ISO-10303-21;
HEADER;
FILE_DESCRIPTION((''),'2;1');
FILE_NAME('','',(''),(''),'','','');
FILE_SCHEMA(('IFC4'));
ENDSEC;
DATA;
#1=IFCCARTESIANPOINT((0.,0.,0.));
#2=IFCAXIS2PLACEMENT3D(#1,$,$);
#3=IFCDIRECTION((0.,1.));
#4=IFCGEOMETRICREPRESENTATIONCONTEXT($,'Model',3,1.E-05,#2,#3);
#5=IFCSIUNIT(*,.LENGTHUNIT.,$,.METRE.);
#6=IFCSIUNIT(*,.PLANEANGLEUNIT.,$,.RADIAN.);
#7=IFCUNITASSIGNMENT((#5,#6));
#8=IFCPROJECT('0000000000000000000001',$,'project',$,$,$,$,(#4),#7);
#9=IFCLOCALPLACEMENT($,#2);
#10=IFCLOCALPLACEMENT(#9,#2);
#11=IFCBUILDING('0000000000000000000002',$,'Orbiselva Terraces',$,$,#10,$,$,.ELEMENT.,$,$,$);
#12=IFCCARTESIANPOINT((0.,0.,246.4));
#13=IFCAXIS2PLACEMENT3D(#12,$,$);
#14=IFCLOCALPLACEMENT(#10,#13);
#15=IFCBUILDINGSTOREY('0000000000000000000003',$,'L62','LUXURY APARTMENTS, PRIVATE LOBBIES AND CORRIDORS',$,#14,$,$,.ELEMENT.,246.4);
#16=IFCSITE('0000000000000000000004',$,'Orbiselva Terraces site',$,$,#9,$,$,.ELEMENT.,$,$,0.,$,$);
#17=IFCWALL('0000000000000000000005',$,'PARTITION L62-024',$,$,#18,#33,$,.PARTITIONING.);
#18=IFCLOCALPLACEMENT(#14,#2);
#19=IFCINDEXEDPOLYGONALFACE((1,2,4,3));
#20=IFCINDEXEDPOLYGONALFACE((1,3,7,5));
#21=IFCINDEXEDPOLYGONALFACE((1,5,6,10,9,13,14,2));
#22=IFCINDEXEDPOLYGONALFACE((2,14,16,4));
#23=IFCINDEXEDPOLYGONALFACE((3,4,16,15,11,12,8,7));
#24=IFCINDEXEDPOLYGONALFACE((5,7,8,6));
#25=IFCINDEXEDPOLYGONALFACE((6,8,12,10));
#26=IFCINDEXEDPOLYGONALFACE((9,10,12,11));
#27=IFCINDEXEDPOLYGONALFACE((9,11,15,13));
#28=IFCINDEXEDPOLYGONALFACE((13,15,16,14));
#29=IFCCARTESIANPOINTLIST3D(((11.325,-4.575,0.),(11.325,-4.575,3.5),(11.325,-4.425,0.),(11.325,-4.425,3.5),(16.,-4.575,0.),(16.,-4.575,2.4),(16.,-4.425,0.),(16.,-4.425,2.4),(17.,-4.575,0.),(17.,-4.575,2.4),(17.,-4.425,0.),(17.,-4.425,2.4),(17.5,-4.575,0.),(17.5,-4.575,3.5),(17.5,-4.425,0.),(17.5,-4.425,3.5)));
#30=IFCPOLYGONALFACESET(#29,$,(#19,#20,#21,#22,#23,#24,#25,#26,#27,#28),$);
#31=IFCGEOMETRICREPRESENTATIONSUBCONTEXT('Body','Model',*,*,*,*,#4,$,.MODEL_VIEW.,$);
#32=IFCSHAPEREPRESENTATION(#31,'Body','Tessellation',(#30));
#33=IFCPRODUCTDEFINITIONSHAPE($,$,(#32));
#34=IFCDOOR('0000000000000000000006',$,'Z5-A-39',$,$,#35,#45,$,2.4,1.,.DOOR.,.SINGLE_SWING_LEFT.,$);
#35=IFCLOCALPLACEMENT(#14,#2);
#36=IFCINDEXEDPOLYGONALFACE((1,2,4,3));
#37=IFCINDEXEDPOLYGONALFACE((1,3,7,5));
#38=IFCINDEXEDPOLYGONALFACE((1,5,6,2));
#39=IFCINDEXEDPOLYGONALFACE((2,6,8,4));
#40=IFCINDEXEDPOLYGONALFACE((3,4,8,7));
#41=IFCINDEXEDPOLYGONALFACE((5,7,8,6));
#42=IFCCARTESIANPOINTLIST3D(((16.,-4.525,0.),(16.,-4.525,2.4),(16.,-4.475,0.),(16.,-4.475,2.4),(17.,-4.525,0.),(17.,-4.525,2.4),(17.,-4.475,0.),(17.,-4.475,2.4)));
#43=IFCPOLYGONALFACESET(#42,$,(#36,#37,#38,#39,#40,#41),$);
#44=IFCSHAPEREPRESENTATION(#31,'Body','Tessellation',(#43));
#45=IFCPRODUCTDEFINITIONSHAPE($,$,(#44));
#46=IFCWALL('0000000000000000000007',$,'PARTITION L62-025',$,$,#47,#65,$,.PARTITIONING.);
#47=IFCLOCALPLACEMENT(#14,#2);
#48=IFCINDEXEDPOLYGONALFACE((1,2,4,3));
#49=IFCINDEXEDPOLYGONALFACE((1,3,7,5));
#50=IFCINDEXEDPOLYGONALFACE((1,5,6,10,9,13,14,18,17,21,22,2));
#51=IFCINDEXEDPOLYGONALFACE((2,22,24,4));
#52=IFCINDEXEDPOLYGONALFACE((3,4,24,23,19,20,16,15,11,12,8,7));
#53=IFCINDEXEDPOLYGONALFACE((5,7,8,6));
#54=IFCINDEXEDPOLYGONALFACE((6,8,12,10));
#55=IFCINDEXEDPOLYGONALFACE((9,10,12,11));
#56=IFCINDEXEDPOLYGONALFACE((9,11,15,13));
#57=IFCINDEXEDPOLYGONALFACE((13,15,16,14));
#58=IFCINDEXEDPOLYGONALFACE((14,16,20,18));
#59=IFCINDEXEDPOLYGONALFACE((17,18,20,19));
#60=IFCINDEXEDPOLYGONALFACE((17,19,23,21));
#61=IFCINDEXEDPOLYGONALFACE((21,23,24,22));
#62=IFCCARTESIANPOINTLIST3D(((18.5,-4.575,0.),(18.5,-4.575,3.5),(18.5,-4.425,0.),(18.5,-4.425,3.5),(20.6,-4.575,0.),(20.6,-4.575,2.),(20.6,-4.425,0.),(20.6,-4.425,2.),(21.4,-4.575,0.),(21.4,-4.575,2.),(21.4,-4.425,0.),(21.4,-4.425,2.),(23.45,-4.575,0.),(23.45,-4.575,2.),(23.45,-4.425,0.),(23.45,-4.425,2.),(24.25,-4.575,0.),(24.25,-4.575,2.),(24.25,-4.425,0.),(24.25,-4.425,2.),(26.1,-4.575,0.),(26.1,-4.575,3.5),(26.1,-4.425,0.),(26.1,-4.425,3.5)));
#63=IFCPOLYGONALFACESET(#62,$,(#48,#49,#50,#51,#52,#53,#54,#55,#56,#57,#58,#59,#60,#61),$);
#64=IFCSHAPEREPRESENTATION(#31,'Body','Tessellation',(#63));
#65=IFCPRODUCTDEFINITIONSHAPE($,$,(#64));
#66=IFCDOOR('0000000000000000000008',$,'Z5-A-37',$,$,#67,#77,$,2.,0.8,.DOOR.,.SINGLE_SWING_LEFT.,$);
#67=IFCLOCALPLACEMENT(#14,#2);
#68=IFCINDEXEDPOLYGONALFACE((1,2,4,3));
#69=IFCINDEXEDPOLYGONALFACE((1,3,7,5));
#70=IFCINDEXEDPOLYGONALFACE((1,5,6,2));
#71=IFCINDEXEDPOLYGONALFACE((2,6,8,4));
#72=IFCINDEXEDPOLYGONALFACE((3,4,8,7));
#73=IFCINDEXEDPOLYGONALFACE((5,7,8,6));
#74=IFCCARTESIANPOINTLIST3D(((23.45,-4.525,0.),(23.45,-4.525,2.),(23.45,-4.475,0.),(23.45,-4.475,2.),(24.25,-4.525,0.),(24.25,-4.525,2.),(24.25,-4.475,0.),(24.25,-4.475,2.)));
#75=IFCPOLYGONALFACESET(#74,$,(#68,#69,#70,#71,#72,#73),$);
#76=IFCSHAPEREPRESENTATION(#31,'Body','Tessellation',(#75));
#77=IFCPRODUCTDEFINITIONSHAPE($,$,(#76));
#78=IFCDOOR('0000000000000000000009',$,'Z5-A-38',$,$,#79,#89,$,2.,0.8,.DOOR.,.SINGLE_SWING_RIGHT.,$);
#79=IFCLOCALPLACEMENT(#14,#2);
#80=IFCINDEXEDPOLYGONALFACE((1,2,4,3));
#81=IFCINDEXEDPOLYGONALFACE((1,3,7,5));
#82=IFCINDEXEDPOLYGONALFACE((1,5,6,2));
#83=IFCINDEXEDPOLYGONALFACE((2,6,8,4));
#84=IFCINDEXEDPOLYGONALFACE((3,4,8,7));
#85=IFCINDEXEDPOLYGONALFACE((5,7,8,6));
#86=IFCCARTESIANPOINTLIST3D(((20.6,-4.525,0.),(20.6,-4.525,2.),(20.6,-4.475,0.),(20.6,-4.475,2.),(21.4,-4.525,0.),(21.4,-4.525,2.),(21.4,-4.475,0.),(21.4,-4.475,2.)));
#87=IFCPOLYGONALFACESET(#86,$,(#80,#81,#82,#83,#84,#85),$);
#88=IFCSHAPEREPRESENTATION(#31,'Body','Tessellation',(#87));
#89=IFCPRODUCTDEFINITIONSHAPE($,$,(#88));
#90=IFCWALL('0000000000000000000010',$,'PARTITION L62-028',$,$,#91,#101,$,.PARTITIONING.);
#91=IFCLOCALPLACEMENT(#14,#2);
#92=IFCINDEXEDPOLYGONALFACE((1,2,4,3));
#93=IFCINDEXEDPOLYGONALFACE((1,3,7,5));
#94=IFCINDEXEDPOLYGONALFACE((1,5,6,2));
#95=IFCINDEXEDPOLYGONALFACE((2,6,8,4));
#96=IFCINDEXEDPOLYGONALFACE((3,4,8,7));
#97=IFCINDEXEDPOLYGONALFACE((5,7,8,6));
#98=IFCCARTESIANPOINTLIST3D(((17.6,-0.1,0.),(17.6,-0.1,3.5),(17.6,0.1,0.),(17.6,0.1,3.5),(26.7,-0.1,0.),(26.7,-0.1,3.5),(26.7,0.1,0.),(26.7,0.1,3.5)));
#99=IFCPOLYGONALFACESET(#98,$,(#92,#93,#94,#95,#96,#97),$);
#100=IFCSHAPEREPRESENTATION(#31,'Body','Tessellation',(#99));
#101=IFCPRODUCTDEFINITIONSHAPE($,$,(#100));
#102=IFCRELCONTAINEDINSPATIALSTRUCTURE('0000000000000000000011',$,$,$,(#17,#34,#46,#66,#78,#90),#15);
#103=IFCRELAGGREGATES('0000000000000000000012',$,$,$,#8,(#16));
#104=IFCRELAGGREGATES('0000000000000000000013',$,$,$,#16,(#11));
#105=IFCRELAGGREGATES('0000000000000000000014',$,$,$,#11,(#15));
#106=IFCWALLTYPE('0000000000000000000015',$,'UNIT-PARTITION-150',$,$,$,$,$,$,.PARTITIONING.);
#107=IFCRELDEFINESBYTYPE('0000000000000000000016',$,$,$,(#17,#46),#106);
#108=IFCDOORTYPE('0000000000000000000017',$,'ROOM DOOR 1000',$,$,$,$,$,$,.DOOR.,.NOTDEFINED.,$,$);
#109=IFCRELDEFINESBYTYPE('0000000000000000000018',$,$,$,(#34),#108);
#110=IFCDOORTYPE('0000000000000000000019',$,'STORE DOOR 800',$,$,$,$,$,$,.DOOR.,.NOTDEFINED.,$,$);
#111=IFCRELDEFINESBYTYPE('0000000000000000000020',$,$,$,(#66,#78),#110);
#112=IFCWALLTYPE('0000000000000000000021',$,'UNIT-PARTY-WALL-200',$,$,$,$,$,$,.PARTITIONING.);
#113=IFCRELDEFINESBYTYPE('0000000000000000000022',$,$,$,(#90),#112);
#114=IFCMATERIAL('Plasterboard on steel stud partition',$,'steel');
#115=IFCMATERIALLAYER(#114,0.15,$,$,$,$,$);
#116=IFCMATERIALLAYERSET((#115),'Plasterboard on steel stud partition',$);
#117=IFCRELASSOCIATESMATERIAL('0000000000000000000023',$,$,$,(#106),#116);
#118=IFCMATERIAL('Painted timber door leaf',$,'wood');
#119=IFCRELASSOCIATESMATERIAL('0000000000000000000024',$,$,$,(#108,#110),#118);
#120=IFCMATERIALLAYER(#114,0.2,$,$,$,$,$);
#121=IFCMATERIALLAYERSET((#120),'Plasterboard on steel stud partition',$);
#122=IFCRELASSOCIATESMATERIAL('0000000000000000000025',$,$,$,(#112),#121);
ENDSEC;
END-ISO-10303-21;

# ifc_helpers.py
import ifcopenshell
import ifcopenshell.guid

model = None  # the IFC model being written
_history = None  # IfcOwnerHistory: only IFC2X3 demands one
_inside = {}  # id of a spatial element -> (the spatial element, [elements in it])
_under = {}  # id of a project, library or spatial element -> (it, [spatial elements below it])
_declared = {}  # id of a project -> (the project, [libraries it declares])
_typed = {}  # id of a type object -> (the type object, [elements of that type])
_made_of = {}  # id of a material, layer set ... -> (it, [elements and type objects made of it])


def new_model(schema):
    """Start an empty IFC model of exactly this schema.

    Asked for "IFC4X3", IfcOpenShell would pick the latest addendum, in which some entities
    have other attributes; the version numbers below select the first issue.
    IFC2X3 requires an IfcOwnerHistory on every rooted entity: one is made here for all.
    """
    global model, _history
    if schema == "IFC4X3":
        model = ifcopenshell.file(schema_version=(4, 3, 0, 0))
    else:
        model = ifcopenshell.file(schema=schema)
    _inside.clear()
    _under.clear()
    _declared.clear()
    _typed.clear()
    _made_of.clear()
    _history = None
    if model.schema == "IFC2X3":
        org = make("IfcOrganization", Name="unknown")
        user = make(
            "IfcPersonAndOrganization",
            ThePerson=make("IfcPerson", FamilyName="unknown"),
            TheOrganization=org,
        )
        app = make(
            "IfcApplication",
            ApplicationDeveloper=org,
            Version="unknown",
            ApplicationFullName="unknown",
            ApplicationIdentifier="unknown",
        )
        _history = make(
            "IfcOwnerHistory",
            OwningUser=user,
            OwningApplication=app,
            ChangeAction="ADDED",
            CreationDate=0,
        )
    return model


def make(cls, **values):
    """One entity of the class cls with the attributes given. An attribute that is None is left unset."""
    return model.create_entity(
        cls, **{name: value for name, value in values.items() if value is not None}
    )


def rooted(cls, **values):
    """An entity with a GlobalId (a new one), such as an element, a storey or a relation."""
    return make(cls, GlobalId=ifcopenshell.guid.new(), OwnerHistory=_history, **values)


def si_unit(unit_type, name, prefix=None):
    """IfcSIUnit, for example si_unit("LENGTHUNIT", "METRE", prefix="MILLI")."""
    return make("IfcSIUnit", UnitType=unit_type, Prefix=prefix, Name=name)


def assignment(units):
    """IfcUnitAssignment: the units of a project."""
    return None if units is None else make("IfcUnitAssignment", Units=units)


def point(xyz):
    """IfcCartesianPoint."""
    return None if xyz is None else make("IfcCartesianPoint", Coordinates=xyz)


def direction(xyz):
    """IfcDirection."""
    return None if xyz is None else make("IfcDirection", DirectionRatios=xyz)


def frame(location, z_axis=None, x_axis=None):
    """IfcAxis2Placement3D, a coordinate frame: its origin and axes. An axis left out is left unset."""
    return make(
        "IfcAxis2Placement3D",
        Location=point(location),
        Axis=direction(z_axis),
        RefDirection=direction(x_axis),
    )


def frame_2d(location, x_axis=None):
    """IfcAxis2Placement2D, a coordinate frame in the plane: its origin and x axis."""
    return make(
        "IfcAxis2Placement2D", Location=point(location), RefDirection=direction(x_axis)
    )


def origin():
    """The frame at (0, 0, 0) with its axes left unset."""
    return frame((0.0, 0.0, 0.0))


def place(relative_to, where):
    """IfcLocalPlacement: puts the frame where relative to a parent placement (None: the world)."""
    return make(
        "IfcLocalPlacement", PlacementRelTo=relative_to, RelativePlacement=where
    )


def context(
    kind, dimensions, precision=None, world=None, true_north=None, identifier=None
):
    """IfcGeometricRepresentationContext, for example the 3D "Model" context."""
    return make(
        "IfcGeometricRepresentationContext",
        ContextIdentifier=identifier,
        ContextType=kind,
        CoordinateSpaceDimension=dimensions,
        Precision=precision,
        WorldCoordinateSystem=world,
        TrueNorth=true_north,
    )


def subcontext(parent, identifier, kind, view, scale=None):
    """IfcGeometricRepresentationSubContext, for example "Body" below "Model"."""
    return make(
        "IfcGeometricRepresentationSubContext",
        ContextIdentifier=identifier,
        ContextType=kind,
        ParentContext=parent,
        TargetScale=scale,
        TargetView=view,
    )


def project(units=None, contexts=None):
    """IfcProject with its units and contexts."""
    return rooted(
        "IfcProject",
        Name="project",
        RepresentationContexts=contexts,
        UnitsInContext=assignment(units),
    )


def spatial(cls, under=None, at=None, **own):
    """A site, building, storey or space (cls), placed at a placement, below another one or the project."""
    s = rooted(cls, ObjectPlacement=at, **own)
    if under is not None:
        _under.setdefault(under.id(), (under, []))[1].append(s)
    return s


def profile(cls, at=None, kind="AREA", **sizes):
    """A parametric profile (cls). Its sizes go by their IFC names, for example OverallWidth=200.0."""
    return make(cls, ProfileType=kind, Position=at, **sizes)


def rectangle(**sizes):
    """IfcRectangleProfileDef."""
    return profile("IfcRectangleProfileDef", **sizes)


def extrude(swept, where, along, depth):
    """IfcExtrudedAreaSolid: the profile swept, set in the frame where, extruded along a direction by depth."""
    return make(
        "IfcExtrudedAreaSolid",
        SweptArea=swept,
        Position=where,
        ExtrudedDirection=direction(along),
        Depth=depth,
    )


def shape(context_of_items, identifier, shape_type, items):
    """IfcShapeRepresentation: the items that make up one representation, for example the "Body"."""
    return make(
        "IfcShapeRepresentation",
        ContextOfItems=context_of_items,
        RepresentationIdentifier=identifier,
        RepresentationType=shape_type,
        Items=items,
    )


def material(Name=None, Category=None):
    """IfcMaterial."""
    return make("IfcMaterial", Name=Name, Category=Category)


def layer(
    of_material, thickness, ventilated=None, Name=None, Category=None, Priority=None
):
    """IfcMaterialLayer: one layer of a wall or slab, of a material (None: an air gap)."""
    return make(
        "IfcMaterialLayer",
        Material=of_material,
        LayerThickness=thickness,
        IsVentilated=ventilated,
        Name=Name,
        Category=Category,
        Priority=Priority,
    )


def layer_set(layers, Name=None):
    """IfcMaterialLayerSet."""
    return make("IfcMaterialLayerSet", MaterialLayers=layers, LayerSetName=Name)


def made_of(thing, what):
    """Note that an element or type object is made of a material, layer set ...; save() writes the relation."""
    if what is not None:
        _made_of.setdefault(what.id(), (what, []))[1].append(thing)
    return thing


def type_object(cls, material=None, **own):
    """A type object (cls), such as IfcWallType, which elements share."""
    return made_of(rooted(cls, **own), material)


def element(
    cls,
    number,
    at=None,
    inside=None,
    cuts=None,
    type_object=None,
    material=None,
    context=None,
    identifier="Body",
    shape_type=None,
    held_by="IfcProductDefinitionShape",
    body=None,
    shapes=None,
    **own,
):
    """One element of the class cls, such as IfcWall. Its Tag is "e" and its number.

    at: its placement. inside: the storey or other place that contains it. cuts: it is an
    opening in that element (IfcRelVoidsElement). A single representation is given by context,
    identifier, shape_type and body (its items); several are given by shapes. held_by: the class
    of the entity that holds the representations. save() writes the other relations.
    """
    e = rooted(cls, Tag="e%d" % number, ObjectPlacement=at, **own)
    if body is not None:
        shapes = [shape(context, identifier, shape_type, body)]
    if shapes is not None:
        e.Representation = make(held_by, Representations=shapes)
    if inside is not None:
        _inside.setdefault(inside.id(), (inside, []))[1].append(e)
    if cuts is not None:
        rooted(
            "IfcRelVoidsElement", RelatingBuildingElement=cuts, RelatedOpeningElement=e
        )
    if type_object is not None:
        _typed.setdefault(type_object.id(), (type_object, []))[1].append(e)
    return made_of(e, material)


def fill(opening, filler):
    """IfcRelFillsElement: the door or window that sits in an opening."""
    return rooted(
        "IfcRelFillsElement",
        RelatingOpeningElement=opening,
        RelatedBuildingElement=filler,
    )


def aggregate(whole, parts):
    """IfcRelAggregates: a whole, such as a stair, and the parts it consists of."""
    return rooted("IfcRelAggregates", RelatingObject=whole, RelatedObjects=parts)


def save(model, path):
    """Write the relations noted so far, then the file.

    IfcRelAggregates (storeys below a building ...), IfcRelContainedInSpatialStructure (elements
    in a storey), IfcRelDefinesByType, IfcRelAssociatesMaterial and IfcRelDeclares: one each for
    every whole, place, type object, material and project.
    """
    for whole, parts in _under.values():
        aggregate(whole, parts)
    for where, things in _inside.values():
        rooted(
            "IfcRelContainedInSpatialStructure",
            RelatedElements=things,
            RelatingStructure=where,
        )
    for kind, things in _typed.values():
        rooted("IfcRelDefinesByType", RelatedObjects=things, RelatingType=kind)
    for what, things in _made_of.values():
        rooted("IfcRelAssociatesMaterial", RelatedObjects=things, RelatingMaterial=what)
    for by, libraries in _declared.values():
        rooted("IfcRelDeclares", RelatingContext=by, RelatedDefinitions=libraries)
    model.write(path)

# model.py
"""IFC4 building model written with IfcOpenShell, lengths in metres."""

from ifc_helpers import new_model, si_unit, direction, frame, frame_2d, origin, place, context, subcontext, project, spatial, rectangle, extrude, material, layer, layer_set, type_object, element, fill, save


model = new_model("IFC4")

# Units and contexts
model_context = context("Model", 3, precision=1e-05, world=origin(), true_north=direction((0.0, 1.0)))
body_context = subcontext(model_context, "Body", "Model", "MODEL_VIEW")
ifc_project = project(units=[si_unit("LENGTHUNIT", "METRE"), si_unit("PLANEANGLEUNIT", "RADIAN")], contexts=[model_context])

# Site, building, storey
site_placement = place(None, origin())
site = spatial("IfcSite", under=ifc_project, at=site_placement, Name="Orbiselva Terraces site", CompositionType="ELEMENT", RefElevation=0.0)
building_placement = place(site_placement, origin())
building = spatial("IfcBuilding", under=site, at=building_placement, Name="Orbiselva Terraces", CompositionType="ELEMENT")
storey_placement = place(building_placement, frame((0.0, 0.0, 246.4)))
storey = spatial("IfcBuildingStorey", under=building, at=storey_placement, Name="L62", Description="LUXURY APARTMENTS, PRIVATE LOBBIES AND CORRIDORS", CompositionType="ELEMENT", Elevation=246.4)

# Shared definitions
ifc_material_1 = material(Name="Plasterboard on steel stud partition", Category="steel")
ifc_material_2 = material(Name="Painted timber door leaf", Category="wood")

# Wall, opening, door
ifc_layer_1 = layer(ifc_material_1, 0.15)
ifc_layer_set_1 = layer_set([ifc_layer_1], Name="Plasterboard on steel stud partition")
wall_type_1 = type_object("IfcWallType", Name="UNIT-PARTITION-150", PredefinedType="PARTITIONING", material=ifc_layer_set_1)
wall_1_placement = place(storey_placement, frame((17.5, -4.5, 0.0), z_axis=(0.0, 0.0, 1.0), x_axis=(-1.0, 0.0, 0.0)))
wall_1 = element("IfcWall", 1, at=wall_1_placement, inside=storey, type_object=wall_type_1, Name="PARTITION L62-024", PredefinedType="PARTITIONING", context=body_context, shape_type="SweptSolid", body=[
    extrude(rectangle(XDim=6.175, YDim=0.15, at=frame_2d((3.0875, 0.0))), origin(), (0.0, 0.0, 1.0), 3.5),
])
opening_1_placement = place(wall_1_placement, frame((0.5, 0.0, 0.0)))
opening_1 = element("IfcOpeningElement", 2, at=opening_1_placement, cuts=wall_1, PredefinedType="OPENING", context=body_context, shape_type="SweptSolid", body=[
    extrude(rectangle(XDim=1.0, YDim=2.4, at=frame_2d((0.5, 1.2))), frame((0.0, 0.085, 0.0), z_axis=(0.0, -1.0, 0.0), x_axis=(1.0, 0.0, 0.0)), (0.0, 0.0, 1.0), 0.17),
])
door_type_1 = type_object("IfcDoorType", Name="ROOM DOOR 1000", OperationType="NOTDEFINED", PredefinedType="DOOR", material=ifc_material_2)
door_1_placement = place(opening_1_placement, origin())
door_1 = element("IfcDoor", 3, at=door_1_placement, inside=storey, type_object=door_type_1, Name="Z5-A-39", OperationType="SINGLE_SWING_LEFT", OverallHeight=2.4, OverallWidth=1.0, PredefinedType="DOOR", context=body_context, shape_type="SweptSolid", body=[
    extrude(rectangle(XDim=1.0, YDim=2.4, at=frame_2d((0.5, 1.2))), frame((0.0, 0.025, 0.0), z_axis=(0.0, -1.0, 0.0), x_axis=(1.0, 0.0, 0.0)), (0.0, 0.0, 1.0), 0.05),
])
fill(opening_1, door_1)

# Wall, openings, doors
wall_2_placement = place(storey_placement, frame((26.1, -4.5, 0.0), z_axis=(0.0, 0.0, 1.0), x_axis=(-1.0, 0.0, 0.0)))
wall_2 = element("IfcWall", 4, at=wall_2_placement, inside=storey, type_object=wall_type_1, Name="PARTITION L62-025", PredefinedType="PARTITIONING", context=body_context, shape_type="SweptSolid", body=[
    extrude(rectangle(XDim=7.6, YDim=0.15, at=frame_2d((3.8, 0.0))), origin(), (0.0, 0.0, 1.0), 3.5),
])
opening_2_placement = place(wall_2_placement, frame((1.85, 0.0, 0.0)))
opening_2 = element("IfcOpeningElement", 5, at=opening_2_placement, cuts=wall_2, PredefinedType="OPENING", context=body_context, shape_type="SweptSolid", body=[
    extrude(rectangle(XDim=0.8, YDim=2.0, at=frame_2d((0.4, 1.0))), frame((0.0, 0.085, 0.0), z_axis=(0.0, -1.0, 0.0), x_axis=(1.0, 0.0, 0.0)), (0.0, 0.0, 1.0), 0.17),
])
opening_3_placement = place(wall_2_placement, frame((4.7, 0.0, 0.0)))
opening_3 = element("IfcOpeningElement", 6, at=opening_3_placement, cuts=wall_2, PredefinedType="OPENING", context=body_context, shape_type="SweptSolid", body=[
    extrude(rectangle(XDim=0.8, YDim=2.0, at=frame_2d((0.4, 1.0))), frame((0.0, 0.085, 0.0), z_axis=(0.0, -1.0, 0.0), x_axis=(1.0, 0.0, 0.0)), (0.0, 0.0, 1.0), 0.17),
])
door_type_2 = type_object("IfcDoorType", Name="STORE DOOR 800", OperationType="NOTDEFINED", PredefinedType="DOOR", material=ifc_material_2)
door_2_placement = place(opening_2_placement, origin())
door_2 = element("IfcDoor", 7, at=door_2_placement, inside=storey, type_object=door_type_2, Name="Z5-A-37", OperationType="SINGLE_SWING_LEFT", OverallHeight=2.0, OverallWidth=0.8, PredefinedType="DOOR", context=body_context, shape_type="SweptSolid", body=[
    extrude(rectangle(XDim=0.8, YDim=2.0, at=frame_2d((0.4, 1.0))), frame((0.0, 0.025, 0.0), z_axis=(0.0, -1.0, 0.0), x_axis=(1.0, 0.0, 0.0)), (0.0, 0.0, 1.0), 0.05),
])
fill(opening_2, door_2)
door_3_placement = place(opening_3_placement, origin())
door_3 = element("IfcDoor", 8, at=door_3_placement, inside=storey, type_object=door_type_2, Name="Z5-A-38", OperationType="SINGLE_SWING_RIGHT", OverallHeight=2.0, OverallWidth=0.8, PredefinedType="DOOR", context=body_context, shape_type="SweptSolid", body=[
    extrude(rectangle(XDim=0.8, YDim=2.0, at=frame_2d((0.4, 1.0))), frame((0.0, 0.025, 0.0), z_axis=(0.0, -1.0, 0.0), x_axis=(1.0, 0.0, 0.0)), (0.0, 0.0, 1.0), 0.05),
])
fill(opening_3, door_3)

# Wall
ifc_layer_2 = layer(ifc_material_1, 0.2)
ifc_layer_set_2 = layer_set([ifc_layer_2], Name="Plasterboard on steel stud partition")
wall_type_2 = type_object("IfcWallType", Name="UNIT-PARTY-WALL-200", PredefinedType="PARTITIONING", material=ifc_layer_set_2)
wall_3_placement = place(storey_placement, frame((17.6, 0.0, 0.0), z_axis=(0.0, 0.0, 1.0), x_axis=(1.0, 0.0, 0.0)))
element("IfcWall", 9, at=wall_3_placement, inside=storey, type_object=wall_type_2, Name="PARTITION L62-028", PredefinedType="PARTITIONING", context=body_context, shape_type="SweptSolid", body=[
    extrude(rectangle(XDim=9.1, YDim=0.2, at=frame_2d((4.55, 0.0))), origin(), (0.0, 0.0, 1.0), 3.5),
])

save(model, "model.ifc")
